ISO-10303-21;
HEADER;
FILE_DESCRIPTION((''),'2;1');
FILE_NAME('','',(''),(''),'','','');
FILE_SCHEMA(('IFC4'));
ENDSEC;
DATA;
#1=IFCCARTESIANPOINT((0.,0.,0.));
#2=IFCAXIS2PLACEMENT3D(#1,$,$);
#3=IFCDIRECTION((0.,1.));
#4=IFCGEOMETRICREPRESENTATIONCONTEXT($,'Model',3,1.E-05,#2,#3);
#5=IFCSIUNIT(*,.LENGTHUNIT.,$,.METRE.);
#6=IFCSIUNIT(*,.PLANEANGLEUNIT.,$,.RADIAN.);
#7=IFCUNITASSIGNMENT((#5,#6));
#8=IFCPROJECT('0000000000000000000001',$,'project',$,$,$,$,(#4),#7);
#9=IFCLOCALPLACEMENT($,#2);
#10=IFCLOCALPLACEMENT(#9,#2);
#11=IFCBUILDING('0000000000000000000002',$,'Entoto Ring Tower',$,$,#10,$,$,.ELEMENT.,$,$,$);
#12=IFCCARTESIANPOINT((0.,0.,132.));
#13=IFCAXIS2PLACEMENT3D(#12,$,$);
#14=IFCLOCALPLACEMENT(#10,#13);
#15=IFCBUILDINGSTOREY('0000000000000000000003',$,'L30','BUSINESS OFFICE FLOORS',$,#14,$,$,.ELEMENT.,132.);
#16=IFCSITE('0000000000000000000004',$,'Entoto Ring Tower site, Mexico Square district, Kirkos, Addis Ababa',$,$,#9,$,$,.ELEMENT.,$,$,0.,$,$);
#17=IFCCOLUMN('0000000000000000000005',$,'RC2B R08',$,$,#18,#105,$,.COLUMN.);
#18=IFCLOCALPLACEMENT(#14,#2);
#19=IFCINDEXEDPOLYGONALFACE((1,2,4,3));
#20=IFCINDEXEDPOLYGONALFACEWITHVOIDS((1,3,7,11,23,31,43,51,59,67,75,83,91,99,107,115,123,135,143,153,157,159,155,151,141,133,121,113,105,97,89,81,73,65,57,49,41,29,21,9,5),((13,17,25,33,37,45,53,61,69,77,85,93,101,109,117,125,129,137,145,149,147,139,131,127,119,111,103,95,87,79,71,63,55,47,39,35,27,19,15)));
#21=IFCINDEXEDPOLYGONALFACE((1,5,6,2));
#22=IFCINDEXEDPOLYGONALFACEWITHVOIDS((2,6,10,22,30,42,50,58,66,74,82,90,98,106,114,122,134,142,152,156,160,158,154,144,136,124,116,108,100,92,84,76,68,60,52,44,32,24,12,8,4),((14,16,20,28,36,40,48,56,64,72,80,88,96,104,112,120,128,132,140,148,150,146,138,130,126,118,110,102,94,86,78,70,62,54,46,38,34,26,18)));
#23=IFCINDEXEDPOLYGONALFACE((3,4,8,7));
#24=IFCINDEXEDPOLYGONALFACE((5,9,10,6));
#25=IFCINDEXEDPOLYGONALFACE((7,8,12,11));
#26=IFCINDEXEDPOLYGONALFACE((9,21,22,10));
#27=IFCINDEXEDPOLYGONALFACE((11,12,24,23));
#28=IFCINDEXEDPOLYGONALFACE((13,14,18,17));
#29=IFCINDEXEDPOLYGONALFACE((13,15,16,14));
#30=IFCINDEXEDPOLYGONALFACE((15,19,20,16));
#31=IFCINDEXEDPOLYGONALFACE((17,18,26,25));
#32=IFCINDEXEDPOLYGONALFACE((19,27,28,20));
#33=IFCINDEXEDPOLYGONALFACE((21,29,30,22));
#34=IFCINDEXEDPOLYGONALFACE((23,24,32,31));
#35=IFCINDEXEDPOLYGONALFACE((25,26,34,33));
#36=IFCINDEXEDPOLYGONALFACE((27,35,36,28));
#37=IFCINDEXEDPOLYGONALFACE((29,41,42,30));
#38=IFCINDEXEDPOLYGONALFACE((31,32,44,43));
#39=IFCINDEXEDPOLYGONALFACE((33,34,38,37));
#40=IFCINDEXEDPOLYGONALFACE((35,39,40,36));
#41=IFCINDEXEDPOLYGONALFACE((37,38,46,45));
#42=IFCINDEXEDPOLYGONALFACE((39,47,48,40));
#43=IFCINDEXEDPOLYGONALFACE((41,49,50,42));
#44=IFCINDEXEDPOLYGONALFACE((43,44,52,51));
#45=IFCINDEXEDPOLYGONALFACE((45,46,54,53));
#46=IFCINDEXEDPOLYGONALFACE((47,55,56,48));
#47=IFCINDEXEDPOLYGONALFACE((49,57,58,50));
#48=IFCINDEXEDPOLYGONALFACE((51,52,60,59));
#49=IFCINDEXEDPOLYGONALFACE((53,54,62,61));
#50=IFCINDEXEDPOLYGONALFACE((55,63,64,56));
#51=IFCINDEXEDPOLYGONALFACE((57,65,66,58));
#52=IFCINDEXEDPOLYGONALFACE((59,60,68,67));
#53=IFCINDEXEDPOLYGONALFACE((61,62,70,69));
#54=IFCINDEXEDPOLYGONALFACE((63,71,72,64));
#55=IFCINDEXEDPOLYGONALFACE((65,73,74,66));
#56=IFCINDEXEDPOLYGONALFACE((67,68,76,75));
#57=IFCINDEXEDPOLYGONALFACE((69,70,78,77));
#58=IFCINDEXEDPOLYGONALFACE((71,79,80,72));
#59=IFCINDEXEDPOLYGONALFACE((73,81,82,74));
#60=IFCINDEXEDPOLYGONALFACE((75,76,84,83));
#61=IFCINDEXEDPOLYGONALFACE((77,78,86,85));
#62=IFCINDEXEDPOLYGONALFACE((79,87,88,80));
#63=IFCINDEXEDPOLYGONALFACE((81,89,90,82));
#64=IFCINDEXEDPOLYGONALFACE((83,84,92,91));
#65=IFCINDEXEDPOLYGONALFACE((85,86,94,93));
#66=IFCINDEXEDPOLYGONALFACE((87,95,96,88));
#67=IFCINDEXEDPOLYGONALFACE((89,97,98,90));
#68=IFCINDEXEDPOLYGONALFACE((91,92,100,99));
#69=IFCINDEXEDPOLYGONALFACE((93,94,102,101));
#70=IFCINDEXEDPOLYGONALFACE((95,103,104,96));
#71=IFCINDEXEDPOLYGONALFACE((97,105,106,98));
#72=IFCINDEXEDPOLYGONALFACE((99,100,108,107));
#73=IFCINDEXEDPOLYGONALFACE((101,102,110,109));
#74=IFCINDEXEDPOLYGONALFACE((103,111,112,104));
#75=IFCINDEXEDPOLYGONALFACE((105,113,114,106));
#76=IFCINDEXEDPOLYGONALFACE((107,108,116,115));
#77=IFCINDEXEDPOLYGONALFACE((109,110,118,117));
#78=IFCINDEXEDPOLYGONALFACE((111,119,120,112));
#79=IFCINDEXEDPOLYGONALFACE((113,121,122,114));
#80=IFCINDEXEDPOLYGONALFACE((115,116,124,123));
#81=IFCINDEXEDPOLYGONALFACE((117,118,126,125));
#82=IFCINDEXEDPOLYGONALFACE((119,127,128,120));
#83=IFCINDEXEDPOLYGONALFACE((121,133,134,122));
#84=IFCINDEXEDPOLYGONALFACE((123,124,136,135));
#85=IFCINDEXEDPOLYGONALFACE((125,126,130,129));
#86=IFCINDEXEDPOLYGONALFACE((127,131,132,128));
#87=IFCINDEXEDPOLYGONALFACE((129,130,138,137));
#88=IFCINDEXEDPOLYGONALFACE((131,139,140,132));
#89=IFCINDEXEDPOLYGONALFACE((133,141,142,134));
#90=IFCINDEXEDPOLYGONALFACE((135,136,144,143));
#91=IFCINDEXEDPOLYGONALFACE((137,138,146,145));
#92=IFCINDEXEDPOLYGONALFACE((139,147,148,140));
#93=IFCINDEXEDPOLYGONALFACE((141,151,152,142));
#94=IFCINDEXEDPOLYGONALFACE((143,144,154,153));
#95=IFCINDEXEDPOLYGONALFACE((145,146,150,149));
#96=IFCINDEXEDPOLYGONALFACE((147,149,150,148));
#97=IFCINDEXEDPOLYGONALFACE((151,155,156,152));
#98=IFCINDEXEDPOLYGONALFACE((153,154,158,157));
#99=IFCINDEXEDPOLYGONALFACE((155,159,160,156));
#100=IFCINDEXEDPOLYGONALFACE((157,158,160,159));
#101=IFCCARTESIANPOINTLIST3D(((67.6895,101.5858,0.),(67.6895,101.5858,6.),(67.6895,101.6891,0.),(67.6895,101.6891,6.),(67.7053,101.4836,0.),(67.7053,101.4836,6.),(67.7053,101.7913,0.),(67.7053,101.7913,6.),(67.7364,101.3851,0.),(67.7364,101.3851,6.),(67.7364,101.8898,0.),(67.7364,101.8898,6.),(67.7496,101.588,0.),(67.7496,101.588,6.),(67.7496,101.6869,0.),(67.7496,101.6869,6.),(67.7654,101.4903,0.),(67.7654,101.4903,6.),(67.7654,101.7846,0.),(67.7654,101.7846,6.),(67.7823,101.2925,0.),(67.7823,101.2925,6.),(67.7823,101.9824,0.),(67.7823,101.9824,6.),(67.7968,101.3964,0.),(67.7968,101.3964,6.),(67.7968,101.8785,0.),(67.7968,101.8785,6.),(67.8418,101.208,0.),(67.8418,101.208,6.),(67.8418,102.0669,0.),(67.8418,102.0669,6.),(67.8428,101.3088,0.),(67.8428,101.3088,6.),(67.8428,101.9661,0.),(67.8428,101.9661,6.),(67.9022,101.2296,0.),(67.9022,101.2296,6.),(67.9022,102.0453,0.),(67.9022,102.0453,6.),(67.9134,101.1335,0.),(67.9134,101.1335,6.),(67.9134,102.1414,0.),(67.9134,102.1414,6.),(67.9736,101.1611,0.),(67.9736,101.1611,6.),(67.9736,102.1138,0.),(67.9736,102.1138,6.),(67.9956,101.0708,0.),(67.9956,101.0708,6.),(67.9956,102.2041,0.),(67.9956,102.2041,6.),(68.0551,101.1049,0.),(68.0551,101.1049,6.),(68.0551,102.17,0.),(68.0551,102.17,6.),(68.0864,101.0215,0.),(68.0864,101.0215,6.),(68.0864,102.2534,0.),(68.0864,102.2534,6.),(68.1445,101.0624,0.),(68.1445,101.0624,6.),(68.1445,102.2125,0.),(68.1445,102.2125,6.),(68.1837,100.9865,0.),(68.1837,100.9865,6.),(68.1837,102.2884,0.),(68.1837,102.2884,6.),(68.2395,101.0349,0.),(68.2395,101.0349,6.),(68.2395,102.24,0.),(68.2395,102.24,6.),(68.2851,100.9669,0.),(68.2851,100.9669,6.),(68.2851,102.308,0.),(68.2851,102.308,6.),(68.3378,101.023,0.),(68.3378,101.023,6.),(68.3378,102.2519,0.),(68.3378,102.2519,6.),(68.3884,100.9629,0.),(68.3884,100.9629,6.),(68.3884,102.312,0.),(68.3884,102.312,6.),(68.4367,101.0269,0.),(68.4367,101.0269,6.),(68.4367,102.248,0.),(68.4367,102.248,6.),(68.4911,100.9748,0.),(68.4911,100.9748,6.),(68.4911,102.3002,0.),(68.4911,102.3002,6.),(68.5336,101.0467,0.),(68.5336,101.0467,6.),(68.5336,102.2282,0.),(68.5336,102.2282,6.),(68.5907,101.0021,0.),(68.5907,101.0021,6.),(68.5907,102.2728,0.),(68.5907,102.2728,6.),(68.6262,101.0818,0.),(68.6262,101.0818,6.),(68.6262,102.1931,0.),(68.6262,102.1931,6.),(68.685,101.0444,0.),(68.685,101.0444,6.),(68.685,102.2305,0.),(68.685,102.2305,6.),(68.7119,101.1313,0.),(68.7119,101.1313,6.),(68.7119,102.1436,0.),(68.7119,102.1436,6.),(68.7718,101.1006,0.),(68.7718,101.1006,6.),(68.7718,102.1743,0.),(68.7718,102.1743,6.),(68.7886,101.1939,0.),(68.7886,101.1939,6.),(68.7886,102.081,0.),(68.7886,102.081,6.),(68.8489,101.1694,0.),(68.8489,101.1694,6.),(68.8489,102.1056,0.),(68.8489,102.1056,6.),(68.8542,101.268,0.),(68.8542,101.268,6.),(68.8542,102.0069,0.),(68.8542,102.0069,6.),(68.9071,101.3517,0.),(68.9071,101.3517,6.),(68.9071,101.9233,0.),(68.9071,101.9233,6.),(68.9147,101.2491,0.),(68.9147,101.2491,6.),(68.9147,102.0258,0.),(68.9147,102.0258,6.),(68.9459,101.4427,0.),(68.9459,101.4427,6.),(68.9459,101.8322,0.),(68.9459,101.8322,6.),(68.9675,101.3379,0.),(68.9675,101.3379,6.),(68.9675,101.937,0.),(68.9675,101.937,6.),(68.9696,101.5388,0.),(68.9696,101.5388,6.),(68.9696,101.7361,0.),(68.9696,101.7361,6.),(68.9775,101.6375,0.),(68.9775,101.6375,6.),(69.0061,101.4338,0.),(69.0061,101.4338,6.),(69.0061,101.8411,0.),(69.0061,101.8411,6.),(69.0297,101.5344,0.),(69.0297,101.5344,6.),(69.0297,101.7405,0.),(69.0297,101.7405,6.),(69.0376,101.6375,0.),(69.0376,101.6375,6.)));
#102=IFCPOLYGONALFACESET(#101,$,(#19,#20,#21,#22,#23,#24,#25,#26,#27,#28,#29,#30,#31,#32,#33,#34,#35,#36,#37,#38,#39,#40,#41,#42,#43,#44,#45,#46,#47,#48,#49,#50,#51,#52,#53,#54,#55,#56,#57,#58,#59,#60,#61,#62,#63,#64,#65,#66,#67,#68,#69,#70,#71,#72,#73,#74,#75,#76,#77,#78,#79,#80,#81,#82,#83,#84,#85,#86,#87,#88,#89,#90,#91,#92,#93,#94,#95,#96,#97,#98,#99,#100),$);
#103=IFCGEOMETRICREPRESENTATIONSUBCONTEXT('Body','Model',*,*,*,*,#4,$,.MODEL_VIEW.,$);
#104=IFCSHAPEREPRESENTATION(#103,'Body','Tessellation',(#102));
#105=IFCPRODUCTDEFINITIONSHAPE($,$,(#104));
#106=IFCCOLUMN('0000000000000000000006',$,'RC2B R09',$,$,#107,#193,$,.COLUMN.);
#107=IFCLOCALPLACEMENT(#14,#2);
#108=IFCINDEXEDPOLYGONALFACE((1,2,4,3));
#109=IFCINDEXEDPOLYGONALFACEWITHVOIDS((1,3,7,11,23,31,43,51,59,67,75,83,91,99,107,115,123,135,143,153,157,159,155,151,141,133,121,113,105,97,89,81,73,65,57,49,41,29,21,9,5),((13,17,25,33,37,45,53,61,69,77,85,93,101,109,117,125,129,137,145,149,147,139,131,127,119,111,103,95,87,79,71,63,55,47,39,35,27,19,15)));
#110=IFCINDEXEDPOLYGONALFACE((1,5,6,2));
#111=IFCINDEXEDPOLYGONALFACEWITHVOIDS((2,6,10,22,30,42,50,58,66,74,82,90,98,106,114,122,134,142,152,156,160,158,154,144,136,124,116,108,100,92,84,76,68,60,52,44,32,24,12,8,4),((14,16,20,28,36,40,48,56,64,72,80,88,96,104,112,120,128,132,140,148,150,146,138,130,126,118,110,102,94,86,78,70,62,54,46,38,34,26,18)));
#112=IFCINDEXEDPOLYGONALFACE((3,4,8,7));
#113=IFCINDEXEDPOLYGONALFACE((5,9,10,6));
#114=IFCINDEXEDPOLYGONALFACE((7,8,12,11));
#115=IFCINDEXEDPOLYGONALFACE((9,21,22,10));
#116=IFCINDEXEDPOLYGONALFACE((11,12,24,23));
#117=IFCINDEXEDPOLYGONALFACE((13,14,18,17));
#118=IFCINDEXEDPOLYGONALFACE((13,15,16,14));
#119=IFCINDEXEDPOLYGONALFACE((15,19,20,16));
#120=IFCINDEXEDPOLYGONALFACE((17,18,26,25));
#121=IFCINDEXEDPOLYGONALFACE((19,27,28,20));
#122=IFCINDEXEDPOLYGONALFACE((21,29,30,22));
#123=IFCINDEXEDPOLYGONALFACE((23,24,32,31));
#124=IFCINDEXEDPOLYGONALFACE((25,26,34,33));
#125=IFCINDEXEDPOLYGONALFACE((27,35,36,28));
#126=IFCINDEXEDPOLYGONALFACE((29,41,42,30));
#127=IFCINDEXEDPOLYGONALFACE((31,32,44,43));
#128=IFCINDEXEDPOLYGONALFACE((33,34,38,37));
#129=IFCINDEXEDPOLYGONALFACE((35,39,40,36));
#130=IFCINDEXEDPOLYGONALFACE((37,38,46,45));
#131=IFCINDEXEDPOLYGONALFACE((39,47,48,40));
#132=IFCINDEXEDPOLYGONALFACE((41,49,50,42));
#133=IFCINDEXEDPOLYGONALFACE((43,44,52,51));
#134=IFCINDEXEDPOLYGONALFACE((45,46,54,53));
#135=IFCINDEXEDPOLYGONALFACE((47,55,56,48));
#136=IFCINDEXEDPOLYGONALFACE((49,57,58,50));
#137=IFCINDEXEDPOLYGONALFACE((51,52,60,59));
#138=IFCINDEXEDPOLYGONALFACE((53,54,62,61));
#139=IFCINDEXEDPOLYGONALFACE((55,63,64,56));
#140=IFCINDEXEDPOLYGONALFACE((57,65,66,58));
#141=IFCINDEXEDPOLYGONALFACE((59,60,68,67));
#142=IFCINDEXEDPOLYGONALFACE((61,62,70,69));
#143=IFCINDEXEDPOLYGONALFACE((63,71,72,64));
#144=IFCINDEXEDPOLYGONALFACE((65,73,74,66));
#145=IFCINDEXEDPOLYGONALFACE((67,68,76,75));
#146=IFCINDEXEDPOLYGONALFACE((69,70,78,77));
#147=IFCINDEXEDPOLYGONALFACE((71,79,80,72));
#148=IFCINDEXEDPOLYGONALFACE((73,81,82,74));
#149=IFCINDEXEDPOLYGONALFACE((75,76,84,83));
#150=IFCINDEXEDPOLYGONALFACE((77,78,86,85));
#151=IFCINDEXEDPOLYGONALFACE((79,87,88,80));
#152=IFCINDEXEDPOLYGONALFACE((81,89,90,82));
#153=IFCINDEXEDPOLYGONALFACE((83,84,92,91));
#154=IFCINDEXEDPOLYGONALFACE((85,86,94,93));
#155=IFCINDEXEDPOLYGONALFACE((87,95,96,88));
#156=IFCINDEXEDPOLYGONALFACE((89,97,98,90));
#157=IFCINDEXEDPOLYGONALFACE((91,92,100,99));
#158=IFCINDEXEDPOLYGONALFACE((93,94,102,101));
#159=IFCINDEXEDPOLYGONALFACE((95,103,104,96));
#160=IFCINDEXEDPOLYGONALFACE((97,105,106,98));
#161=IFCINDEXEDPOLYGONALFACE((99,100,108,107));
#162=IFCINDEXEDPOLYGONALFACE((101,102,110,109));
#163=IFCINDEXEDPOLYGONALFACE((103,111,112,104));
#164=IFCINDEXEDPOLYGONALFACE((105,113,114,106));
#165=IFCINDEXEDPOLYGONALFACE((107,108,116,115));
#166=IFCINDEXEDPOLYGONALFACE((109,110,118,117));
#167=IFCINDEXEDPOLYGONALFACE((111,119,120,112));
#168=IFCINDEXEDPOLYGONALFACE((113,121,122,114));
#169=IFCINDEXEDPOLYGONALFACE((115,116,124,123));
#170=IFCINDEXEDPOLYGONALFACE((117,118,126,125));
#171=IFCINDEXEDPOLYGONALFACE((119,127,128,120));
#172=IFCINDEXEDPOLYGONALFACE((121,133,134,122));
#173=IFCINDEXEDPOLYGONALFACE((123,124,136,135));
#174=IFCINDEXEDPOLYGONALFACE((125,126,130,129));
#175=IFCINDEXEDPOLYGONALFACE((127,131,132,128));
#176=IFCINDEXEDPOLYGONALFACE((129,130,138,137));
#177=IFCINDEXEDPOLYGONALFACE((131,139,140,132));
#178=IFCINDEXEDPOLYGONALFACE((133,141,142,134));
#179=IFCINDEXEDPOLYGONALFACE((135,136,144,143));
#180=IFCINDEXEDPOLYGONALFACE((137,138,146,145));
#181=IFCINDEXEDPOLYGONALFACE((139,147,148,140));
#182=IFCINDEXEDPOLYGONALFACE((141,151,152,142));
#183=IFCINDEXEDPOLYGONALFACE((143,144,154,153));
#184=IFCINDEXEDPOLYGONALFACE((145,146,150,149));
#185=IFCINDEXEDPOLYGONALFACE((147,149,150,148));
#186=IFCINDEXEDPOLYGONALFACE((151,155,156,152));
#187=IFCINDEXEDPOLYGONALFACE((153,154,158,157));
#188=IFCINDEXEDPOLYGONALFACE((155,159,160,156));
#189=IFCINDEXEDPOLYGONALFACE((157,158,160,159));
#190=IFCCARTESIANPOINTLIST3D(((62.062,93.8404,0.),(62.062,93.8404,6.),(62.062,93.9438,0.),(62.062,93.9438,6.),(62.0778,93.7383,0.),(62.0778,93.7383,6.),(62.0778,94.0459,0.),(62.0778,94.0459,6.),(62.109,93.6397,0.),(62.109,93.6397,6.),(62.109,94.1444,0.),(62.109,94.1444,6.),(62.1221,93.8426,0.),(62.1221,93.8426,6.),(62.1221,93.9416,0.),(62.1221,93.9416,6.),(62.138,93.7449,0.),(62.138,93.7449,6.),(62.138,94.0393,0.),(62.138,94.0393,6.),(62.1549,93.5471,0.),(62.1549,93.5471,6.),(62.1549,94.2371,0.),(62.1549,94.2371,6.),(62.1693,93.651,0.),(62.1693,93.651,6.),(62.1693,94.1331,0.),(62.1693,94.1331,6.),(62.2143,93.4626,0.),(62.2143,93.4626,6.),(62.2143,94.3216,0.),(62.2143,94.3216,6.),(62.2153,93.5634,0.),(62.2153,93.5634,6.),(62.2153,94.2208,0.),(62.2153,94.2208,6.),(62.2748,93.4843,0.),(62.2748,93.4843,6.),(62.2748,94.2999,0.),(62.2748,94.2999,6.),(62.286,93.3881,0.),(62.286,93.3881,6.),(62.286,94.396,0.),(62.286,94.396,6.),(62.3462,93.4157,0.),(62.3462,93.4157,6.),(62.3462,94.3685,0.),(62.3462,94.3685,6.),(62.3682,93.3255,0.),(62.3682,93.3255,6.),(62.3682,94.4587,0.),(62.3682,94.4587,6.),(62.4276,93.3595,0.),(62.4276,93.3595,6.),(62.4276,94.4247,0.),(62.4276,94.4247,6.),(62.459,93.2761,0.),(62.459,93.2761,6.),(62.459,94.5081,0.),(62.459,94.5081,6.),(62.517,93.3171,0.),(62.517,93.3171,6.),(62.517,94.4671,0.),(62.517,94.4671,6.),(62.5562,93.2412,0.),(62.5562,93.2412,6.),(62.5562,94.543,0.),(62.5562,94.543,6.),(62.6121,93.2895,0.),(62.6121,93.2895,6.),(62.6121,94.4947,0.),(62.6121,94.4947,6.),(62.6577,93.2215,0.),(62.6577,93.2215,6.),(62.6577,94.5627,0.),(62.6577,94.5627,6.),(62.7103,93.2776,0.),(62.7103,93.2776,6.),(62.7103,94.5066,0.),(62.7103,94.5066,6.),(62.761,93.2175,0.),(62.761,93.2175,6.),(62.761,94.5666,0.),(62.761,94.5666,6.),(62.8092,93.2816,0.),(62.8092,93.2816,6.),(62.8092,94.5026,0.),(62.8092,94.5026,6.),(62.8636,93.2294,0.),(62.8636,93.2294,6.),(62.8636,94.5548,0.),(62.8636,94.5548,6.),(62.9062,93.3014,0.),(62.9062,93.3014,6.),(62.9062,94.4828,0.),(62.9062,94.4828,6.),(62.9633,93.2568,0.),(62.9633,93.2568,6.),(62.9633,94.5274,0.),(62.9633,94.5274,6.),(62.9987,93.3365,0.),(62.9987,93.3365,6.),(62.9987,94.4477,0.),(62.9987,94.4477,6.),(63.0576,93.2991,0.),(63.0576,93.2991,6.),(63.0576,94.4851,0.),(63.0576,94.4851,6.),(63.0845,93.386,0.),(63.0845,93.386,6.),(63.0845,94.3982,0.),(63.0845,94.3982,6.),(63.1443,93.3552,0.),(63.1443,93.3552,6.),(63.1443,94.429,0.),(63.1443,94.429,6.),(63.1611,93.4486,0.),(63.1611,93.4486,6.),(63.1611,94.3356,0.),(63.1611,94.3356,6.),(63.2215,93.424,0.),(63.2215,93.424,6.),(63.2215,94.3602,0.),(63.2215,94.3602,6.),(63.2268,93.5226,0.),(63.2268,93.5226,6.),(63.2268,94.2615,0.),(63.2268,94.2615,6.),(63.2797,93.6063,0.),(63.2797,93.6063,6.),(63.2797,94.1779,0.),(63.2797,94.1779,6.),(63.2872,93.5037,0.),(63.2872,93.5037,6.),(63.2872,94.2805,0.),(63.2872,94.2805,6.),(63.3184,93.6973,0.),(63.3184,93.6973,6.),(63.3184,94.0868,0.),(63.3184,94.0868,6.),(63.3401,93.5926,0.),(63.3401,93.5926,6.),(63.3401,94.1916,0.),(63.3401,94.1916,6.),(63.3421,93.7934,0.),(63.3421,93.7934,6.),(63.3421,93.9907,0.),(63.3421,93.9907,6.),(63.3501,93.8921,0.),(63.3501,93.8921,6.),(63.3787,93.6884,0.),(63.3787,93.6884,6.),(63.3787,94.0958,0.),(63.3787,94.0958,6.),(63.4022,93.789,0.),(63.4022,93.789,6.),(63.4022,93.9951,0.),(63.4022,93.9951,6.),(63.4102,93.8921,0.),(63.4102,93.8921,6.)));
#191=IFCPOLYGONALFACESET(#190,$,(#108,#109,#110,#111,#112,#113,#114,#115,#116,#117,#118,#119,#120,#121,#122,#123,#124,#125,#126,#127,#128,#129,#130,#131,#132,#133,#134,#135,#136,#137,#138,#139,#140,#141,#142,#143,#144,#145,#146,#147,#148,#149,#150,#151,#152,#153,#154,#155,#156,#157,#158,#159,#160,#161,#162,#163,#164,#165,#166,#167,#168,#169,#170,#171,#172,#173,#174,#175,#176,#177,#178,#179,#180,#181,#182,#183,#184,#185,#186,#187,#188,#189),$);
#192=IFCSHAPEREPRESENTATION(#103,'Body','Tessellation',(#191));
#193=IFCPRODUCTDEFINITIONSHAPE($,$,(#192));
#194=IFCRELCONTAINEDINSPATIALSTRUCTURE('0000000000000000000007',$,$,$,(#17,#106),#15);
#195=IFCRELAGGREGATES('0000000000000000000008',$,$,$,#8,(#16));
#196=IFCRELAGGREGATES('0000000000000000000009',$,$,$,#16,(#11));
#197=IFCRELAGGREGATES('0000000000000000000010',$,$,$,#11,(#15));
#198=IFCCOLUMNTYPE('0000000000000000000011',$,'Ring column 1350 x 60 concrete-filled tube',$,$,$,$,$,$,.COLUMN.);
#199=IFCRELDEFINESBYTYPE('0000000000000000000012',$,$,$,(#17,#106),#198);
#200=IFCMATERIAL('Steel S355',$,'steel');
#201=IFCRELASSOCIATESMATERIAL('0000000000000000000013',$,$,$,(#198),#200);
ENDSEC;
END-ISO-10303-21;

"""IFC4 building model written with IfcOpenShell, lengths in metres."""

from ifc_helpers import new_model, si_unit, direction, frame, origin, origin_2d, place, context, subcontext, project, spatial, circle, hollow_circle, extrude, material, material_profile, profile_set, type_object, element, save


model = new_model("IFC4")

# Units and contexts
model_context = context("Model", 3, precision=1e-05, world=origin(), true_north=direction((0.0, 1.0)))
body_context = subcontext(model_context, "Body", "Model", "MODEL_VIEW")
ifc_project = project(units=[si_unit("LENGTHUNIT", "METRE"), si_unit("PLANEANGLEUNIT", "RADIAN")], contexts=[model_context])

# Site, building, storey
site_placement = place(None, origin())
site = spatial("IfcSite", under=ifc_project, at=site_placement, Name="Entoto Ring Tower site, Mexico Square district, Kirkos, Addis Ababa", CompositionType="ELEMENT", RefElevation=0.0)
building_placement = place(site_placement, origin())
building = spatial("IfcBuilding", under=site, at=building_placement, Name="Entoto Ring Tower", CompositionType="ELEMENT")
storey_placement = place(building_placement, frame((0.0, 0.0, 132.0)))
storey = spatial("IfcBuildingStorey", under=building, at=storey_placement, Name="L30", Description="BUSINESS OFFICE FLOORS", CompositionType="ELEMENT", Elevation=132.0)

# Columns
ifc_material_1 = material(Name="Steel S355", Category="steel")
ifc_material_profile_1 = material_profile(ifc_material_1, hollow_circle(Radius=0.675, WallThickness=0.0601, at=origin_2d()), Name="CHS 1350 x 60")
ifc_material_2 = material(Name="Concrete C60/75", Category="concrete")
ifc_material_profile_2 = material_profile(ifc_material_2, circle(Radius=0.615, at=origin_2d()), Name="Concrete C60/75 infill")
ifc_profile_set_1 = profile_set([ifc_material_profile_1, ifc_material_profile_2], Name="Steel S355")
column_type = type_object("IfcColumnType", Name="Ring column 1350 x 60 concrete-filled tube", PredefinedType="COLUMN", material=ifc_profile_set_1)
for number, where, z_axis, x_axis, name in (
    (1, (68.3625, 101.6375, 0.0), (0.0, 0.0, 1.0), (1.0, 0.0, 0.0), "RC2B R08"),
    (2, (62.7351, 93.8921, 0.0), (0.0, 0.0, 1.0), (1.0, 0.0, 0.0), "RC2B R09"),
):
    element("IfcColumn", number, at=place(storey_placement, frame(where, z_axis=z_axis, x_axis=x_axis)), inside=storey, type_object=column_type, Name=name, PredefinedType="COLUMN", context=body_context, shape_type="SweptSolid", body=[
        extrude(hollow_circle(Radius=0.675, WallThickness=0.0601, at=origin_2d()), origin(), (0.0, 0.0, 1.0), 6.0),
    ])

save(model, "model.ifc")
